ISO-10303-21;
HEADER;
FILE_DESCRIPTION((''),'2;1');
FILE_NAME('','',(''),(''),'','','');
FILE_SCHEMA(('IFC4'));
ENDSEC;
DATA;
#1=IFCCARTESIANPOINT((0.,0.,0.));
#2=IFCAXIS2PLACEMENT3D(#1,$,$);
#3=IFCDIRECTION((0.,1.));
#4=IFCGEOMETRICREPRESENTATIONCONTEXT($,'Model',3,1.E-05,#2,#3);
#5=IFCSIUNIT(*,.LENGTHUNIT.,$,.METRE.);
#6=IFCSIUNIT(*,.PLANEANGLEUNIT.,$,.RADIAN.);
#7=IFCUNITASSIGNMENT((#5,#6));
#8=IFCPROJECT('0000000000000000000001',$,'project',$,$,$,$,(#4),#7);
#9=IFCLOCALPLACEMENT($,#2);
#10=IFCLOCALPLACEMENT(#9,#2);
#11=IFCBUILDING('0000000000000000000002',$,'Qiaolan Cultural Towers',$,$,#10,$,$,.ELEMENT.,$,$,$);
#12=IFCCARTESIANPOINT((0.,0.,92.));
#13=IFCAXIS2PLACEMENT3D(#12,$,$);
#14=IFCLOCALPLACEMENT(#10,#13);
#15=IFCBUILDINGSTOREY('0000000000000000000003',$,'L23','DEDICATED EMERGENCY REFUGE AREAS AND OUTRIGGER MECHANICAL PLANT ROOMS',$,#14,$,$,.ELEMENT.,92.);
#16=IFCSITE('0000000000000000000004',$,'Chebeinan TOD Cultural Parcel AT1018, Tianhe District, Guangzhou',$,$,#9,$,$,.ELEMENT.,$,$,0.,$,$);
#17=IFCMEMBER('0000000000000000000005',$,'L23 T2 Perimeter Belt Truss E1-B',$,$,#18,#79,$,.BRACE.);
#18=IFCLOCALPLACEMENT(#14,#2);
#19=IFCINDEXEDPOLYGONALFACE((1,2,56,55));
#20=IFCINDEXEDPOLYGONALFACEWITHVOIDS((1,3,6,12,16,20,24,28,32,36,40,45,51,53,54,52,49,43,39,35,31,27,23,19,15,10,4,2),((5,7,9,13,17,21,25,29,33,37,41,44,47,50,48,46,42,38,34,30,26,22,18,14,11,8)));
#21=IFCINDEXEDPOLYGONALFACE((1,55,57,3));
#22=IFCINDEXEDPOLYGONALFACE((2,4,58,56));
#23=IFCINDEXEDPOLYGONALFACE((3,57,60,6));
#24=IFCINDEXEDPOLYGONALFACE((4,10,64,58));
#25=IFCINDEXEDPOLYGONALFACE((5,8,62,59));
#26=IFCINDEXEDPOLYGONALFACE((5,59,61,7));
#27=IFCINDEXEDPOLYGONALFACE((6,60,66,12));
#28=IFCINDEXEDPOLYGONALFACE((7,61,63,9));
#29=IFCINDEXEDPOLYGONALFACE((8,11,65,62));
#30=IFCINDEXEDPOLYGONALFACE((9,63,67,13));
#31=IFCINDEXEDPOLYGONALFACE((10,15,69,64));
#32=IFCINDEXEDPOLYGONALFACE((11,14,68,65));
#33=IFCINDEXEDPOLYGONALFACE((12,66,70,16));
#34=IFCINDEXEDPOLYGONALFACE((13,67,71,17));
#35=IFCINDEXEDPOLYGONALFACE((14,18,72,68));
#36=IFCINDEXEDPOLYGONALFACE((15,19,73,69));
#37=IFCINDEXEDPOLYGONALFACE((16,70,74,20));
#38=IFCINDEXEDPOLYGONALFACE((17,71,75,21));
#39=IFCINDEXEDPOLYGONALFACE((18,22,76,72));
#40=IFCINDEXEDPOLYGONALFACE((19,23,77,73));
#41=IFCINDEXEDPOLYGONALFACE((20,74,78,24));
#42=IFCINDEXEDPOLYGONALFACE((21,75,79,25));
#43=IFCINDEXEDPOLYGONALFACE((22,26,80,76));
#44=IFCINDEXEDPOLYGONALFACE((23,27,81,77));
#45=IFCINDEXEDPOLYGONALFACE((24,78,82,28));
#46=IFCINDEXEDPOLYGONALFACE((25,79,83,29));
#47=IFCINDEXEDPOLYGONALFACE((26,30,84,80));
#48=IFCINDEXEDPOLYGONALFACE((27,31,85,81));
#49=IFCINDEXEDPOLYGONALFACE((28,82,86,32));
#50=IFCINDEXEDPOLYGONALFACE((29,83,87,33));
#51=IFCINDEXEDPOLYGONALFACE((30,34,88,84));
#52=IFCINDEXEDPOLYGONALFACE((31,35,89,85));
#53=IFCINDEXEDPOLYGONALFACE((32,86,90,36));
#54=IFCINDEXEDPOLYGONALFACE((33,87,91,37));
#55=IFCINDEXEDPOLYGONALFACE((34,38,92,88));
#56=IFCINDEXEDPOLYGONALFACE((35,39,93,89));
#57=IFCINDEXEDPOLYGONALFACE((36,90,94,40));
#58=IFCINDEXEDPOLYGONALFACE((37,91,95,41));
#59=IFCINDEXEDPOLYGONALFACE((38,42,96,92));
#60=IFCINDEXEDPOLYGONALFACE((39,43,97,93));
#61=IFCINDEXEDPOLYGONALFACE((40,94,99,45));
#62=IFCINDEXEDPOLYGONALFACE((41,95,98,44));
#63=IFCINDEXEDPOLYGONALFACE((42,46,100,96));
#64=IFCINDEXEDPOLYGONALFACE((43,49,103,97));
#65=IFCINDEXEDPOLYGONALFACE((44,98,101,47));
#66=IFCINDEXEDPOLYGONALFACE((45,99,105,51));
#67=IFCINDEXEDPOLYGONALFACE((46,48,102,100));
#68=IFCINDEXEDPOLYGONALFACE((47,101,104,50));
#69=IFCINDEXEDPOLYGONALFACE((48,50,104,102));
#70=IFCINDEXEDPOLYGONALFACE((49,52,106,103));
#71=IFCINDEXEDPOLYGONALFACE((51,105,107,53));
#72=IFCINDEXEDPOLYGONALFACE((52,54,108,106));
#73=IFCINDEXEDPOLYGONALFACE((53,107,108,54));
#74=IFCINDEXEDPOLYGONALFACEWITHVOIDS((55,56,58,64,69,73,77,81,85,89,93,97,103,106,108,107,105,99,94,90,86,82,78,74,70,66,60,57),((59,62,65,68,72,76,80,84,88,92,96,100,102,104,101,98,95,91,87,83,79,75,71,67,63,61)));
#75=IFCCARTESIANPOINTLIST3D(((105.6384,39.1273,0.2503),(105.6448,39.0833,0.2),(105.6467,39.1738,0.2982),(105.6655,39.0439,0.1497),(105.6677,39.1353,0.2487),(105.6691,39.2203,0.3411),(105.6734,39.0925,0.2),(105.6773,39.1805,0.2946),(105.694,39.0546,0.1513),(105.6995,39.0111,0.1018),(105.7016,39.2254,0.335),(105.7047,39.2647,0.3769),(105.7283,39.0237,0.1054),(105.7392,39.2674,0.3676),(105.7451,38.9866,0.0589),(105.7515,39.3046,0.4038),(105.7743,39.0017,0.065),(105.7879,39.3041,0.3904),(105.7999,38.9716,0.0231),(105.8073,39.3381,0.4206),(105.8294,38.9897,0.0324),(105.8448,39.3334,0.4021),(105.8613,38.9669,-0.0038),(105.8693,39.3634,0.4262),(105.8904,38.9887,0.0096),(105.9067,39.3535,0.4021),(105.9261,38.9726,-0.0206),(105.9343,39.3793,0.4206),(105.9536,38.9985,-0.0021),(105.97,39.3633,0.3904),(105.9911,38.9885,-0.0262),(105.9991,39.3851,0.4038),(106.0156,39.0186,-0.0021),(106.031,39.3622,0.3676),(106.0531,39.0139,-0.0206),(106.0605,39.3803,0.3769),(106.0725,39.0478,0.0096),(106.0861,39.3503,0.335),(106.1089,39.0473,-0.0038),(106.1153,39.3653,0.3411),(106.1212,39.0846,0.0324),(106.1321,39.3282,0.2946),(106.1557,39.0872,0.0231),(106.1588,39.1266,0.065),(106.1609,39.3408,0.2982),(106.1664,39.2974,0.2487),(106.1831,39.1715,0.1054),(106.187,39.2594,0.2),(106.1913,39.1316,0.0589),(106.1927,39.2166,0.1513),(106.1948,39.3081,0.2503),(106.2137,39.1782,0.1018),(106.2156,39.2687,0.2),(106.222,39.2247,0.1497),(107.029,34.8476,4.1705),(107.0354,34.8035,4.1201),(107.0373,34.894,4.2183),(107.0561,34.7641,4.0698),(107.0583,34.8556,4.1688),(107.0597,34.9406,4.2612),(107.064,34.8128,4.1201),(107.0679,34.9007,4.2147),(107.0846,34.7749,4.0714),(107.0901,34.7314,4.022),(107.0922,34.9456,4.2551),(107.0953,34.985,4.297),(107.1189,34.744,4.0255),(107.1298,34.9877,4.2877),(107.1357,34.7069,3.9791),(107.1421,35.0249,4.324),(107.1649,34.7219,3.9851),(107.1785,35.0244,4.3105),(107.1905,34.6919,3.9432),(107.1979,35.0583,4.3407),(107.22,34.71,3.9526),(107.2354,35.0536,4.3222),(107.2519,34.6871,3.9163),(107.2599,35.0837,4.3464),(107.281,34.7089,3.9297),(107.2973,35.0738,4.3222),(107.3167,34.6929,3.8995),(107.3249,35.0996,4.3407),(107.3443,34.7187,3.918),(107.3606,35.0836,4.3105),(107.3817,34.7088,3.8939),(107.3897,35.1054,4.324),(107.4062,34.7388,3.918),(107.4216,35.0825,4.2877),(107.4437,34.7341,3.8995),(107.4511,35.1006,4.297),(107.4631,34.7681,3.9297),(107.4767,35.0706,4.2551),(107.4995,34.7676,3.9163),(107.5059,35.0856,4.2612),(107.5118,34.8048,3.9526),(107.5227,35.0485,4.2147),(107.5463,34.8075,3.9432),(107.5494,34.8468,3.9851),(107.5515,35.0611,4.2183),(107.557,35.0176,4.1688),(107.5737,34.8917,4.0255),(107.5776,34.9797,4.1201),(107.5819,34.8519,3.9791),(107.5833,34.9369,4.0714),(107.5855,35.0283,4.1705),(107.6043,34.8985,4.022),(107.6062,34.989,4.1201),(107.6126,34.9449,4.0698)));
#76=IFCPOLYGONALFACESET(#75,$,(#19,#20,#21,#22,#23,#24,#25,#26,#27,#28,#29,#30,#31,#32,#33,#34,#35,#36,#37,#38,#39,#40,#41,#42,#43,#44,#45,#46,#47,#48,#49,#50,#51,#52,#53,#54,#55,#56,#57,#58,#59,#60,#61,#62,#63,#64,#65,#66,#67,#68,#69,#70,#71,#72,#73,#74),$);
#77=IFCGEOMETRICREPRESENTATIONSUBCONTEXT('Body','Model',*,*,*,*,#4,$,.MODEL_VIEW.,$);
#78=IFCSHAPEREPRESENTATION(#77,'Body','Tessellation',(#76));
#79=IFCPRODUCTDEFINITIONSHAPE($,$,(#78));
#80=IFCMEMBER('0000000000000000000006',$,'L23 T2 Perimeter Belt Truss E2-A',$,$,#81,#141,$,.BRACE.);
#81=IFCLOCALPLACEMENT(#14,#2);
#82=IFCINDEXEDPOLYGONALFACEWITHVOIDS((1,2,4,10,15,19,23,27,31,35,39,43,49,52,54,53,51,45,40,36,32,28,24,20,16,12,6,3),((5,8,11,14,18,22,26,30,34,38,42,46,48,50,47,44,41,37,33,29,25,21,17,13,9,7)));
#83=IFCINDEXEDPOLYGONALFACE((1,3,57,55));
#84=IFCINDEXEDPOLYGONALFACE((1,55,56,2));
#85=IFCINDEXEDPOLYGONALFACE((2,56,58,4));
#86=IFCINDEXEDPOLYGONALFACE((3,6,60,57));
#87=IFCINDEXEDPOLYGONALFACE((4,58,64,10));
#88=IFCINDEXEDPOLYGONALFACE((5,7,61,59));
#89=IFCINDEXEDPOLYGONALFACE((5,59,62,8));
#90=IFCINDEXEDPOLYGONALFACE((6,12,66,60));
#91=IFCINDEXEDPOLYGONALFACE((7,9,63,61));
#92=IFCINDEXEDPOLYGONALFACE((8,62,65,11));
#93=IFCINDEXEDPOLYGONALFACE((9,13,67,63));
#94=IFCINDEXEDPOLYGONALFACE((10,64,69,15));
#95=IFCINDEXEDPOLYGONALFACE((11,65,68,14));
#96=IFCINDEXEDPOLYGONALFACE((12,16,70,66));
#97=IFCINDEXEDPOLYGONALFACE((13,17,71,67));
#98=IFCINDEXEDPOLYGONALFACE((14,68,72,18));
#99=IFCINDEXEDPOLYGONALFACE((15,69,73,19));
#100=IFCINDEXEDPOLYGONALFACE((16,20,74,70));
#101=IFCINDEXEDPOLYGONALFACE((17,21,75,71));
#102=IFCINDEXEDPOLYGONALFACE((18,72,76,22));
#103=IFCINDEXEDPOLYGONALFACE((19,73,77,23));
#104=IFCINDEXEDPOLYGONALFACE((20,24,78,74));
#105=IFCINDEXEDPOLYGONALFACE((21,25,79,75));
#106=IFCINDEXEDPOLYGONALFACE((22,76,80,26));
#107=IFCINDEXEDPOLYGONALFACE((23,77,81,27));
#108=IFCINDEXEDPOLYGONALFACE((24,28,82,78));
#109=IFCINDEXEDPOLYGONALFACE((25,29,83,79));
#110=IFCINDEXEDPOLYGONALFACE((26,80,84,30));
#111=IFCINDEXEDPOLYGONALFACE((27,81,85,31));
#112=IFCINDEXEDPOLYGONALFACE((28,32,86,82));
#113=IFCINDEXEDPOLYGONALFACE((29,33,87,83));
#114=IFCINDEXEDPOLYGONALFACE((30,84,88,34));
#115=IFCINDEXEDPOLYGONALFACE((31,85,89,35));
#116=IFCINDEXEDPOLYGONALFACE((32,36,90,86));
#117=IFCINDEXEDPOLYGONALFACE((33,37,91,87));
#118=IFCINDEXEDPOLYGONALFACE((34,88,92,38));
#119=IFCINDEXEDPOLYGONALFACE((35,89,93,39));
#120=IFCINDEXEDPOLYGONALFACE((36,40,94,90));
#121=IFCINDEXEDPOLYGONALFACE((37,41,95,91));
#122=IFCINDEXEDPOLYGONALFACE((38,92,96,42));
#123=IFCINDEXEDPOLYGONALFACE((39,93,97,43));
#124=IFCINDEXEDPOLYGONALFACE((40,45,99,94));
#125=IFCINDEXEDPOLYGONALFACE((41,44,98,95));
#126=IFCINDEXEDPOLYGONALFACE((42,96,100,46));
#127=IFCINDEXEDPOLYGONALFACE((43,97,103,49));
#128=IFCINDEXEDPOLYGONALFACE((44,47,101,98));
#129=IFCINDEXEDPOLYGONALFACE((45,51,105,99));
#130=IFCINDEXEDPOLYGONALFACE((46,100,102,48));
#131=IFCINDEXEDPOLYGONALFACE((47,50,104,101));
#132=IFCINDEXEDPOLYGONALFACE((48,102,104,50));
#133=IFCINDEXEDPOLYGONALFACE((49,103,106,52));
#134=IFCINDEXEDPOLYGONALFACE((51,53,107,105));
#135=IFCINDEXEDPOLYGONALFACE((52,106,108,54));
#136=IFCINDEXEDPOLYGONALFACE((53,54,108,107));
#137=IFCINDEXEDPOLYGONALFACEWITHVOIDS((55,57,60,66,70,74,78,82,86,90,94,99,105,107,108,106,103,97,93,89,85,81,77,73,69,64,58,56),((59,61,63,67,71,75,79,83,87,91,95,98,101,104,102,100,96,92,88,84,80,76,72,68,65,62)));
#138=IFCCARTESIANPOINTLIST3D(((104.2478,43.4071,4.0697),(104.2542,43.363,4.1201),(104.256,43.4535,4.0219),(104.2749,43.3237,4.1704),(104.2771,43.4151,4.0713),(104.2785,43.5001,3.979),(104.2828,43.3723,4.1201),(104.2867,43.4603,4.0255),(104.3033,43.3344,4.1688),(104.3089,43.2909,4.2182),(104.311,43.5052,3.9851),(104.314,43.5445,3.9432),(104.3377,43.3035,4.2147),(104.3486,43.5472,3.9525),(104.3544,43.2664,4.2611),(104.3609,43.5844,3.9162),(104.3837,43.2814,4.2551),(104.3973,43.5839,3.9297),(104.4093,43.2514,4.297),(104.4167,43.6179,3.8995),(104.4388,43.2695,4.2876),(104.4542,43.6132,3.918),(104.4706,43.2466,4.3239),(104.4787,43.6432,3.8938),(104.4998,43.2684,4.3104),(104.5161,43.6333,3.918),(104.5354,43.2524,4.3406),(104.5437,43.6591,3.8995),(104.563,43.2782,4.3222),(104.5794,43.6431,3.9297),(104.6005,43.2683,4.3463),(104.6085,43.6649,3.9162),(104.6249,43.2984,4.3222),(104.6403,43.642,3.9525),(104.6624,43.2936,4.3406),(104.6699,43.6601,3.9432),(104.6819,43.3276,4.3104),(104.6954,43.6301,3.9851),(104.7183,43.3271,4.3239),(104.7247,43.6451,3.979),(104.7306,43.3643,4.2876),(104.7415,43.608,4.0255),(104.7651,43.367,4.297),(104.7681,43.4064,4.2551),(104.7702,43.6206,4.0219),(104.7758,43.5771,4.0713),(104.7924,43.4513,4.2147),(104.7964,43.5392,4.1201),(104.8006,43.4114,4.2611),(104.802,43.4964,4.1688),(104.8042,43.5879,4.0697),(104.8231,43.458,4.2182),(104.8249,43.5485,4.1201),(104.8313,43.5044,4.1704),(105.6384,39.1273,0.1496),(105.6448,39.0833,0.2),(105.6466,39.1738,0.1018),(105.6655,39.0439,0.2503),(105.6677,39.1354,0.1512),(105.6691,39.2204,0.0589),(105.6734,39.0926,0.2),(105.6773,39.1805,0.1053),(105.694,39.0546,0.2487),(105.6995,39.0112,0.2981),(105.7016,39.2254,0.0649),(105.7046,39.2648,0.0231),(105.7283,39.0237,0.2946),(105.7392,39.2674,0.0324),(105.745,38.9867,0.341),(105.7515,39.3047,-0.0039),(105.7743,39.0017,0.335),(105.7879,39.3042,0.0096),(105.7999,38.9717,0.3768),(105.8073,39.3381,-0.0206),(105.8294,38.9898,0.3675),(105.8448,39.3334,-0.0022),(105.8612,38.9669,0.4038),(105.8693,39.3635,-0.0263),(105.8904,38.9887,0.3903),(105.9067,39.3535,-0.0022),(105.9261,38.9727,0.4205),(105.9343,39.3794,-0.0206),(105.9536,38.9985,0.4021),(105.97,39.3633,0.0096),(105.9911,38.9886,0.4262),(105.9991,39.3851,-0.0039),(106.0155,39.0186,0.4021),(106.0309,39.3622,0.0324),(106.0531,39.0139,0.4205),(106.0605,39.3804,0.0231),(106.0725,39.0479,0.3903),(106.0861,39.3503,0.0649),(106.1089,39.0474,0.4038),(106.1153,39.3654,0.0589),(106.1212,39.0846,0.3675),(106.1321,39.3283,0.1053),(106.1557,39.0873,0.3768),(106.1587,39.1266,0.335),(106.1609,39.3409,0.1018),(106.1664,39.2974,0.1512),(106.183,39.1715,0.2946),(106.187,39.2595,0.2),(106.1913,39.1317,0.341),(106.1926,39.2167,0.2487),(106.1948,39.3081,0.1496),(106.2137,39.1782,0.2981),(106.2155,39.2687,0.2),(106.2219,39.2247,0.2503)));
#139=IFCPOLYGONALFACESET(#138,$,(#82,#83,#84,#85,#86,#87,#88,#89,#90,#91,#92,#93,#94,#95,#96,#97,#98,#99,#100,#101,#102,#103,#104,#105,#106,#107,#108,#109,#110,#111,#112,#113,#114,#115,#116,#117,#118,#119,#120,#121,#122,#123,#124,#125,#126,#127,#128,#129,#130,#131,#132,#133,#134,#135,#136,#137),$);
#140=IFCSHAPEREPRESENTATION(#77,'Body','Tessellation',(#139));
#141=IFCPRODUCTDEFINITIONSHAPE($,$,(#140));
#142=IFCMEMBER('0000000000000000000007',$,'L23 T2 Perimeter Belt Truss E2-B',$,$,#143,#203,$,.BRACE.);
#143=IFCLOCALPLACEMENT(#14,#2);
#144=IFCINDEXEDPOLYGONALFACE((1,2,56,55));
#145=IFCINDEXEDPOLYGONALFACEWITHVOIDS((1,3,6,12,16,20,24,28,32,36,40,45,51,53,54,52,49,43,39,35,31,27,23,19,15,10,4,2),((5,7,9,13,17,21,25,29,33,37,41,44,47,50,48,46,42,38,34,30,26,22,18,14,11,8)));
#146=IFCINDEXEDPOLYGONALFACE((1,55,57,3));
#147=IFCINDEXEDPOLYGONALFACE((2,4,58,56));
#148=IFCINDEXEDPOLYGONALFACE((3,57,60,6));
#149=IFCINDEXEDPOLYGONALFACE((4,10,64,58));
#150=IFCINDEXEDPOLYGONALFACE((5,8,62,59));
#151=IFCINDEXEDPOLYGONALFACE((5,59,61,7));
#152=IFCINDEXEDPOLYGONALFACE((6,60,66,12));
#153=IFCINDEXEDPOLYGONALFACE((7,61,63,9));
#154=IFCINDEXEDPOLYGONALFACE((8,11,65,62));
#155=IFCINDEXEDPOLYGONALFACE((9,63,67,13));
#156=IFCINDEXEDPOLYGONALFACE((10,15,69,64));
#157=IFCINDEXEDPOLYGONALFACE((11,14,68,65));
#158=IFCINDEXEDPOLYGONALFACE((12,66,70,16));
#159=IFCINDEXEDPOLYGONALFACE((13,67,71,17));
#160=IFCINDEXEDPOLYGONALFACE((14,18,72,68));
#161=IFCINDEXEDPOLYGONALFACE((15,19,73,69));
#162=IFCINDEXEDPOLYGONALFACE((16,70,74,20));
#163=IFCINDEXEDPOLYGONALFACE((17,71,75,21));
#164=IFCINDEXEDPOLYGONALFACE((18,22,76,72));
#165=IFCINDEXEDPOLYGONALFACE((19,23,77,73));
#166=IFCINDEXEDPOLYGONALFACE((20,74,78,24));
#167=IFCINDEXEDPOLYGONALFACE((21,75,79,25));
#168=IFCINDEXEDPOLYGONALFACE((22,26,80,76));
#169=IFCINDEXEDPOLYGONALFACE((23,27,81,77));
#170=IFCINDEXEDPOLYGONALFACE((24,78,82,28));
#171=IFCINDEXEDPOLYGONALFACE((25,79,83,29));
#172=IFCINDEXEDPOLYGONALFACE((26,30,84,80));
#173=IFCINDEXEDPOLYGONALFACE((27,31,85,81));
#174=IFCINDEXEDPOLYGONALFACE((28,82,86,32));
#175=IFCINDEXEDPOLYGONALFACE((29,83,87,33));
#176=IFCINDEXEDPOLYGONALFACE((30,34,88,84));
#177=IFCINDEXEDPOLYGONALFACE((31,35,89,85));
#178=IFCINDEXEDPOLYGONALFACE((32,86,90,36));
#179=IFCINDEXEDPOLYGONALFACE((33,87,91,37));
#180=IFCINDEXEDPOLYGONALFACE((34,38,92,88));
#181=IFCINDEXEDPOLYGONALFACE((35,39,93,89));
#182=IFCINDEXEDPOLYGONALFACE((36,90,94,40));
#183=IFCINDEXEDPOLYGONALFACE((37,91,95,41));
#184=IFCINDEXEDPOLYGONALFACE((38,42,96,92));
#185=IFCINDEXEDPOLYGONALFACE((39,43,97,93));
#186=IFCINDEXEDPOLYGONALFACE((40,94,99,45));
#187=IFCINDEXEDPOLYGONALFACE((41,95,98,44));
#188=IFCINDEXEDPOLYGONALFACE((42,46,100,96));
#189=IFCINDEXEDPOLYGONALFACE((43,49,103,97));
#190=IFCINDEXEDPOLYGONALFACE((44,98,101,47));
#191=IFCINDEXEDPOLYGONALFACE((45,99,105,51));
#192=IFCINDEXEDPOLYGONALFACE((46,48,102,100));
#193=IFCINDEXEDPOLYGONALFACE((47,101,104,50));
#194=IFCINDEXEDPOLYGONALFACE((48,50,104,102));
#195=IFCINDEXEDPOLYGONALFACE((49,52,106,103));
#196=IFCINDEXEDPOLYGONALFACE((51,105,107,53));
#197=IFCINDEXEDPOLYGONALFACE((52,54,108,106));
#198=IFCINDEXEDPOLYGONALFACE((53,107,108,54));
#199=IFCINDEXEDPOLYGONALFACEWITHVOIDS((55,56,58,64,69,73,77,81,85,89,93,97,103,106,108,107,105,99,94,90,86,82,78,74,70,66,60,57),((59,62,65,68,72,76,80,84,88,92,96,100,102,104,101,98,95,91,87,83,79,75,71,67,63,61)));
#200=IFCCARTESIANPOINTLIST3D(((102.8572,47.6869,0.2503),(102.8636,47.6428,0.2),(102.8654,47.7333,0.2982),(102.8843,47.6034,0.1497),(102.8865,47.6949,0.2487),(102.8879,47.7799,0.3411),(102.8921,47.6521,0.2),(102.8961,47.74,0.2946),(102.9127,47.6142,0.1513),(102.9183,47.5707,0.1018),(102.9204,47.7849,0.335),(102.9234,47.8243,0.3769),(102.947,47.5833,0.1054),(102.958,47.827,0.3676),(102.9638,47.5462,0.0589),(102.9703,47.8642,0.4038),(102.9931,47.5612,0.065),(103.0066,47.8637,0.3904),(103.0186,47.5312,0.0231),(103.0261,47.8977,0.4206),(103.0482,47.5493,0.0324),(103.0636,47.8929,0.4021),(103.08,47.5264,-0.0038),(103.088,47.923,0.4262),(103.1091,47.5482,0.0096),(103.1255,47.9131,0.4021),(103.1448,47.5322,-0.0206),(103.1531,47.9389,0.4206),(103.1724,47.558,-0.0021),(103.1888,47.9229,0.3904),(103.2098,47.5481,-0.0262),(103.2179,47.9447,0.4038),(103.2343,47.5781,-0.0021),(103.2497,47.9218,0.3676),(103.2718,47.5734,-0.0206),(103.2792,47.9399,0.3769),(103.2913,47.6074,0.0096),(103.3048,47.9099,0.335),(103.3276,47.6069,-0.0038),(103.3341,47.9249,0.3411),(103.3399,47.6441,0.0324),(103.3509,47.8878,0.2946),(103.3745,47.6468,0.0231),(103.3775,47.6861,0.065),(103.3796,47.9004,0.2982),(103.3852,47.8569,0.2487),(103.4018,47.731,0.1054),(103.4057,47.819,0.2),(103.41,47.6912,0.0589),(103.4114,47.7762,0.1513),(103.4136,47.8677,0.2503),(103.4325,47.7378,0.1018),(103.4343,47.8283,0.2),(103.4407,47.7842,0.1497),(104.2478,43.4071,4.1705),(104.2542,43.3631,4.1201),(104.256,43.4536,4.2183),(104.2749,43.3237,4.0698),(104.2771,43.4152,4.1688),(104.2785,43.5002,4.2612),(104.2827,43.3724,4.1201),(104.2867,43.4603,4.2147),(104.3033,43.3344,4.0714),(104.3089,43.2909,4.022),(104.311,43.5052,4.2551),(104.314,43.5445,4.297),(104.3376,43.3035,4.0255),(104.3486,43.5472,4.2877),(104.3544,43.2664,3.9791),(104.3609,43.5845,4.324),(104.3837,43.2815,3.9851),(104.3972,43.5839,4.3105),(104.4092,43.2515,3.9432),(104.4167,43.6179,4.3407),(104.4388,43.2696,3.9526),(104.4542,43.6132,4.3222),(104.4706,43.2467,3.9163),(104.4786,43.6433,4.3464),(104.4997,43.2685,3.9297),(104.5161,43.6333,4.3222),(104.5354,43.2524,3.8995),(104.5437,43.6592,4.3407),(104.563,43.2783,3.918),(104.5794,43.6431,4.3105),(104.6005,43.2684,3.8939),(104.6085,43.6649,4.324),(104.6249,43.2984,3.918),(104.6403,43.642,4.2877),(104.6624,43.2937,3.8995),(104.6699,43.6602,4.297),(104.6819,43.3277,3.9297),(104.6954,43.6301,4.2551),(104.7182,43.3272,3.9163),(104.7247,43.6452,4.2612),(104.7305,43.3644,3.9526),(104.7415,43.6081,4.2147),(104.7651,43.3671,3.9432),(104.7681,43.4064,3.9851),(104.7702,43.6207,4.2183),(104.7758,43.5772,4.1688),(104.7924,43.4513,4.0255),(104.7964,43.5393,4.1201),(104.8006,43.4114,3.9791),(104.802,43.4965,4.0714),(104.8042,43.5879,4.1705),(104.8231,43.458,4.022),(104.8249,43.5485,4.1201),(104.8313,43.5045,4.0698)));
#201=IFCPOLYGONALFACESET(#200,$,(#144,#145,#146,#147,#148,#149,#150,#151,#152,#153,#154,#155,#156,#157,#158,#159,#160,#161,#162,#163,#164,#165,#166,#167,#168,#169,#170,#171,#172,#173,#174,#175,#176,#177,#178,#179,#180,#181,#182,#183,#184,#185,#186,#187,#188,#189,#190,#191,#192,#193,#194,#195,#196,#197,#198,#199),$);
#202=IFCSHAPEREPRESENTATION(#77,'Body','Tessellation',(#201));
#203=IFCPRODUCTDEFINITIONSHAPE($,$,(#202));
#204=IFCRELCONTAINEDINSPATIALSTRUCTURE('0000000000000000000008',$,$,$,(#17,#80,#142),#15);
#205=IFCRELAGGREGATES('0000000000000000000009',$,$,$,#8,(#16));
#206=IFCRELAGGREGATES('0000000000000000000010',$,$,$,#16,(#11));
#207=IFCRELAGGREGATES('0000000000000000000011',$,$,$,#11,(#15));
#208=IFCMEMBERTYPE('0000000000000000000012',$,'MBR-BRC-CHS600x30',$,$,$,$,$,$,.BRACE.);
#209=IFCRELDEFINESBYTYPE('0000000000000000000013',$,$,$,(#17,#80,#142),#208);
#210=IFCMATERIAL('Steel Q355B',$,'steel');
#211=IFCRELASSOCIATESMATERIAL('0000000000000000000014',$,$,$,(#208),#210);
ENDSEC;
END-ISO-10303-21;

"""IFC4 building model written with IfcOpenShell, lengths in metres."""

from ifc_helpers import new_model, si_unit, direction, frame, origin, origin_2d, place, context, subcontext, project, spatial, hollow_circle, extrude, material, material_profile, profile_set, type_object, element, save


model = new_model("IFC4")

# Units and contexts
model_context = context("Model", 3, precision=1e-05, world=origin(), true_north=direction((0.0, 1.0)))
body_context = subcontext(model_context, "Body", "Model", "MODEL_VIEW")
ifc_project = project(units=[si_unit("LENGTHUNIT", "METRE"), si_unit("PLANEANGLEUNIT", "RADIAN")], contexts=[model_context])

# Site, building, storey
site_placement = place(None, origin())
site = spatial("IfcSite", under=ifc_project, at=site_placement, Name="Chebeinan TOD Cultural Parcel AT1018, Tianhe District, Guangzhou", CompositionType="ELEMENT", RefElevation=0.0)
building_placement = place(site_placement, origin())
building = spatial("IfcBuilding", under=site, at=building_placement, Name="Qiaolan Cultural Towers", CompositionType="ELEMENT")
storey_placement = place(building_placement, frame((0.0, 0.0, 92.0)))
storey = spatial("IfcBuildingStorey", under=building, at=storey_placement, Name="L23", Description="DEDICATED EMERGENCY REFUGE AREAS AND OUTRIGGER MECHANICAL PLANT ROOMS", CompositionType="ELEMENT", Elevation=92.0)

# Members
ifc_material_1 = material(Name="Steel Q355B", Category="steel")
ifc_material_profile_1 = material_profile(ifc_material_1, hollow_circle(Radius=0.3, WallThickness=0.03, at=origin_2d()), Name="CHS600x30")
ifc_profile_set_1 = profile_set([ifc_material_profile_1], Name="Steel Q355B")
member_type_1 = type_object("IfcMemberType", Name="MBR-BRC-CHS600x30", PredefinedType="BRACE", material=ifc_profile_set_1)
for number, where, z_axis, x_axis, name in (
    (1, (107.3208, 34.8962, 4.1201), (-0.23301, 0.717111, -0.656854), (-0.951054, -0.309025, 0.0), "L23 T2 Perimeter Belt Truss E1-B"),
    (2, (105.9302, 39.176, 0.2), (-0.23301, 0.717111, 0.656854), (-0.951054, -0.309025, 0.0), "L23 T2 Perimeter Belt Truss E2-A"),
    (3, (104.5396, 43.4558, 4.1201), (-0.23301, 0.717111, -0.656854), (-0.951054, -0.309025, 0.0), "L23 T2 Perimeter Belt Truss E2-B"),
):
    element("IfcMember", number, at=place(storey_placement, frame(where, z_axis=z_axis, x_axis=x_axis)), inside=storey, type_object=member_type_1, Name=name, PredefinedType="BRACE", context=body_context, shape_type="SweptSolid", body=[
        extrude(hollow_circle(Radius=0.3, WallThickness=0.03, at=origin_2d()), origin(), (0.0, 0.0, 1.0), 5.968),
    ])

save(model, "model.ifc")
